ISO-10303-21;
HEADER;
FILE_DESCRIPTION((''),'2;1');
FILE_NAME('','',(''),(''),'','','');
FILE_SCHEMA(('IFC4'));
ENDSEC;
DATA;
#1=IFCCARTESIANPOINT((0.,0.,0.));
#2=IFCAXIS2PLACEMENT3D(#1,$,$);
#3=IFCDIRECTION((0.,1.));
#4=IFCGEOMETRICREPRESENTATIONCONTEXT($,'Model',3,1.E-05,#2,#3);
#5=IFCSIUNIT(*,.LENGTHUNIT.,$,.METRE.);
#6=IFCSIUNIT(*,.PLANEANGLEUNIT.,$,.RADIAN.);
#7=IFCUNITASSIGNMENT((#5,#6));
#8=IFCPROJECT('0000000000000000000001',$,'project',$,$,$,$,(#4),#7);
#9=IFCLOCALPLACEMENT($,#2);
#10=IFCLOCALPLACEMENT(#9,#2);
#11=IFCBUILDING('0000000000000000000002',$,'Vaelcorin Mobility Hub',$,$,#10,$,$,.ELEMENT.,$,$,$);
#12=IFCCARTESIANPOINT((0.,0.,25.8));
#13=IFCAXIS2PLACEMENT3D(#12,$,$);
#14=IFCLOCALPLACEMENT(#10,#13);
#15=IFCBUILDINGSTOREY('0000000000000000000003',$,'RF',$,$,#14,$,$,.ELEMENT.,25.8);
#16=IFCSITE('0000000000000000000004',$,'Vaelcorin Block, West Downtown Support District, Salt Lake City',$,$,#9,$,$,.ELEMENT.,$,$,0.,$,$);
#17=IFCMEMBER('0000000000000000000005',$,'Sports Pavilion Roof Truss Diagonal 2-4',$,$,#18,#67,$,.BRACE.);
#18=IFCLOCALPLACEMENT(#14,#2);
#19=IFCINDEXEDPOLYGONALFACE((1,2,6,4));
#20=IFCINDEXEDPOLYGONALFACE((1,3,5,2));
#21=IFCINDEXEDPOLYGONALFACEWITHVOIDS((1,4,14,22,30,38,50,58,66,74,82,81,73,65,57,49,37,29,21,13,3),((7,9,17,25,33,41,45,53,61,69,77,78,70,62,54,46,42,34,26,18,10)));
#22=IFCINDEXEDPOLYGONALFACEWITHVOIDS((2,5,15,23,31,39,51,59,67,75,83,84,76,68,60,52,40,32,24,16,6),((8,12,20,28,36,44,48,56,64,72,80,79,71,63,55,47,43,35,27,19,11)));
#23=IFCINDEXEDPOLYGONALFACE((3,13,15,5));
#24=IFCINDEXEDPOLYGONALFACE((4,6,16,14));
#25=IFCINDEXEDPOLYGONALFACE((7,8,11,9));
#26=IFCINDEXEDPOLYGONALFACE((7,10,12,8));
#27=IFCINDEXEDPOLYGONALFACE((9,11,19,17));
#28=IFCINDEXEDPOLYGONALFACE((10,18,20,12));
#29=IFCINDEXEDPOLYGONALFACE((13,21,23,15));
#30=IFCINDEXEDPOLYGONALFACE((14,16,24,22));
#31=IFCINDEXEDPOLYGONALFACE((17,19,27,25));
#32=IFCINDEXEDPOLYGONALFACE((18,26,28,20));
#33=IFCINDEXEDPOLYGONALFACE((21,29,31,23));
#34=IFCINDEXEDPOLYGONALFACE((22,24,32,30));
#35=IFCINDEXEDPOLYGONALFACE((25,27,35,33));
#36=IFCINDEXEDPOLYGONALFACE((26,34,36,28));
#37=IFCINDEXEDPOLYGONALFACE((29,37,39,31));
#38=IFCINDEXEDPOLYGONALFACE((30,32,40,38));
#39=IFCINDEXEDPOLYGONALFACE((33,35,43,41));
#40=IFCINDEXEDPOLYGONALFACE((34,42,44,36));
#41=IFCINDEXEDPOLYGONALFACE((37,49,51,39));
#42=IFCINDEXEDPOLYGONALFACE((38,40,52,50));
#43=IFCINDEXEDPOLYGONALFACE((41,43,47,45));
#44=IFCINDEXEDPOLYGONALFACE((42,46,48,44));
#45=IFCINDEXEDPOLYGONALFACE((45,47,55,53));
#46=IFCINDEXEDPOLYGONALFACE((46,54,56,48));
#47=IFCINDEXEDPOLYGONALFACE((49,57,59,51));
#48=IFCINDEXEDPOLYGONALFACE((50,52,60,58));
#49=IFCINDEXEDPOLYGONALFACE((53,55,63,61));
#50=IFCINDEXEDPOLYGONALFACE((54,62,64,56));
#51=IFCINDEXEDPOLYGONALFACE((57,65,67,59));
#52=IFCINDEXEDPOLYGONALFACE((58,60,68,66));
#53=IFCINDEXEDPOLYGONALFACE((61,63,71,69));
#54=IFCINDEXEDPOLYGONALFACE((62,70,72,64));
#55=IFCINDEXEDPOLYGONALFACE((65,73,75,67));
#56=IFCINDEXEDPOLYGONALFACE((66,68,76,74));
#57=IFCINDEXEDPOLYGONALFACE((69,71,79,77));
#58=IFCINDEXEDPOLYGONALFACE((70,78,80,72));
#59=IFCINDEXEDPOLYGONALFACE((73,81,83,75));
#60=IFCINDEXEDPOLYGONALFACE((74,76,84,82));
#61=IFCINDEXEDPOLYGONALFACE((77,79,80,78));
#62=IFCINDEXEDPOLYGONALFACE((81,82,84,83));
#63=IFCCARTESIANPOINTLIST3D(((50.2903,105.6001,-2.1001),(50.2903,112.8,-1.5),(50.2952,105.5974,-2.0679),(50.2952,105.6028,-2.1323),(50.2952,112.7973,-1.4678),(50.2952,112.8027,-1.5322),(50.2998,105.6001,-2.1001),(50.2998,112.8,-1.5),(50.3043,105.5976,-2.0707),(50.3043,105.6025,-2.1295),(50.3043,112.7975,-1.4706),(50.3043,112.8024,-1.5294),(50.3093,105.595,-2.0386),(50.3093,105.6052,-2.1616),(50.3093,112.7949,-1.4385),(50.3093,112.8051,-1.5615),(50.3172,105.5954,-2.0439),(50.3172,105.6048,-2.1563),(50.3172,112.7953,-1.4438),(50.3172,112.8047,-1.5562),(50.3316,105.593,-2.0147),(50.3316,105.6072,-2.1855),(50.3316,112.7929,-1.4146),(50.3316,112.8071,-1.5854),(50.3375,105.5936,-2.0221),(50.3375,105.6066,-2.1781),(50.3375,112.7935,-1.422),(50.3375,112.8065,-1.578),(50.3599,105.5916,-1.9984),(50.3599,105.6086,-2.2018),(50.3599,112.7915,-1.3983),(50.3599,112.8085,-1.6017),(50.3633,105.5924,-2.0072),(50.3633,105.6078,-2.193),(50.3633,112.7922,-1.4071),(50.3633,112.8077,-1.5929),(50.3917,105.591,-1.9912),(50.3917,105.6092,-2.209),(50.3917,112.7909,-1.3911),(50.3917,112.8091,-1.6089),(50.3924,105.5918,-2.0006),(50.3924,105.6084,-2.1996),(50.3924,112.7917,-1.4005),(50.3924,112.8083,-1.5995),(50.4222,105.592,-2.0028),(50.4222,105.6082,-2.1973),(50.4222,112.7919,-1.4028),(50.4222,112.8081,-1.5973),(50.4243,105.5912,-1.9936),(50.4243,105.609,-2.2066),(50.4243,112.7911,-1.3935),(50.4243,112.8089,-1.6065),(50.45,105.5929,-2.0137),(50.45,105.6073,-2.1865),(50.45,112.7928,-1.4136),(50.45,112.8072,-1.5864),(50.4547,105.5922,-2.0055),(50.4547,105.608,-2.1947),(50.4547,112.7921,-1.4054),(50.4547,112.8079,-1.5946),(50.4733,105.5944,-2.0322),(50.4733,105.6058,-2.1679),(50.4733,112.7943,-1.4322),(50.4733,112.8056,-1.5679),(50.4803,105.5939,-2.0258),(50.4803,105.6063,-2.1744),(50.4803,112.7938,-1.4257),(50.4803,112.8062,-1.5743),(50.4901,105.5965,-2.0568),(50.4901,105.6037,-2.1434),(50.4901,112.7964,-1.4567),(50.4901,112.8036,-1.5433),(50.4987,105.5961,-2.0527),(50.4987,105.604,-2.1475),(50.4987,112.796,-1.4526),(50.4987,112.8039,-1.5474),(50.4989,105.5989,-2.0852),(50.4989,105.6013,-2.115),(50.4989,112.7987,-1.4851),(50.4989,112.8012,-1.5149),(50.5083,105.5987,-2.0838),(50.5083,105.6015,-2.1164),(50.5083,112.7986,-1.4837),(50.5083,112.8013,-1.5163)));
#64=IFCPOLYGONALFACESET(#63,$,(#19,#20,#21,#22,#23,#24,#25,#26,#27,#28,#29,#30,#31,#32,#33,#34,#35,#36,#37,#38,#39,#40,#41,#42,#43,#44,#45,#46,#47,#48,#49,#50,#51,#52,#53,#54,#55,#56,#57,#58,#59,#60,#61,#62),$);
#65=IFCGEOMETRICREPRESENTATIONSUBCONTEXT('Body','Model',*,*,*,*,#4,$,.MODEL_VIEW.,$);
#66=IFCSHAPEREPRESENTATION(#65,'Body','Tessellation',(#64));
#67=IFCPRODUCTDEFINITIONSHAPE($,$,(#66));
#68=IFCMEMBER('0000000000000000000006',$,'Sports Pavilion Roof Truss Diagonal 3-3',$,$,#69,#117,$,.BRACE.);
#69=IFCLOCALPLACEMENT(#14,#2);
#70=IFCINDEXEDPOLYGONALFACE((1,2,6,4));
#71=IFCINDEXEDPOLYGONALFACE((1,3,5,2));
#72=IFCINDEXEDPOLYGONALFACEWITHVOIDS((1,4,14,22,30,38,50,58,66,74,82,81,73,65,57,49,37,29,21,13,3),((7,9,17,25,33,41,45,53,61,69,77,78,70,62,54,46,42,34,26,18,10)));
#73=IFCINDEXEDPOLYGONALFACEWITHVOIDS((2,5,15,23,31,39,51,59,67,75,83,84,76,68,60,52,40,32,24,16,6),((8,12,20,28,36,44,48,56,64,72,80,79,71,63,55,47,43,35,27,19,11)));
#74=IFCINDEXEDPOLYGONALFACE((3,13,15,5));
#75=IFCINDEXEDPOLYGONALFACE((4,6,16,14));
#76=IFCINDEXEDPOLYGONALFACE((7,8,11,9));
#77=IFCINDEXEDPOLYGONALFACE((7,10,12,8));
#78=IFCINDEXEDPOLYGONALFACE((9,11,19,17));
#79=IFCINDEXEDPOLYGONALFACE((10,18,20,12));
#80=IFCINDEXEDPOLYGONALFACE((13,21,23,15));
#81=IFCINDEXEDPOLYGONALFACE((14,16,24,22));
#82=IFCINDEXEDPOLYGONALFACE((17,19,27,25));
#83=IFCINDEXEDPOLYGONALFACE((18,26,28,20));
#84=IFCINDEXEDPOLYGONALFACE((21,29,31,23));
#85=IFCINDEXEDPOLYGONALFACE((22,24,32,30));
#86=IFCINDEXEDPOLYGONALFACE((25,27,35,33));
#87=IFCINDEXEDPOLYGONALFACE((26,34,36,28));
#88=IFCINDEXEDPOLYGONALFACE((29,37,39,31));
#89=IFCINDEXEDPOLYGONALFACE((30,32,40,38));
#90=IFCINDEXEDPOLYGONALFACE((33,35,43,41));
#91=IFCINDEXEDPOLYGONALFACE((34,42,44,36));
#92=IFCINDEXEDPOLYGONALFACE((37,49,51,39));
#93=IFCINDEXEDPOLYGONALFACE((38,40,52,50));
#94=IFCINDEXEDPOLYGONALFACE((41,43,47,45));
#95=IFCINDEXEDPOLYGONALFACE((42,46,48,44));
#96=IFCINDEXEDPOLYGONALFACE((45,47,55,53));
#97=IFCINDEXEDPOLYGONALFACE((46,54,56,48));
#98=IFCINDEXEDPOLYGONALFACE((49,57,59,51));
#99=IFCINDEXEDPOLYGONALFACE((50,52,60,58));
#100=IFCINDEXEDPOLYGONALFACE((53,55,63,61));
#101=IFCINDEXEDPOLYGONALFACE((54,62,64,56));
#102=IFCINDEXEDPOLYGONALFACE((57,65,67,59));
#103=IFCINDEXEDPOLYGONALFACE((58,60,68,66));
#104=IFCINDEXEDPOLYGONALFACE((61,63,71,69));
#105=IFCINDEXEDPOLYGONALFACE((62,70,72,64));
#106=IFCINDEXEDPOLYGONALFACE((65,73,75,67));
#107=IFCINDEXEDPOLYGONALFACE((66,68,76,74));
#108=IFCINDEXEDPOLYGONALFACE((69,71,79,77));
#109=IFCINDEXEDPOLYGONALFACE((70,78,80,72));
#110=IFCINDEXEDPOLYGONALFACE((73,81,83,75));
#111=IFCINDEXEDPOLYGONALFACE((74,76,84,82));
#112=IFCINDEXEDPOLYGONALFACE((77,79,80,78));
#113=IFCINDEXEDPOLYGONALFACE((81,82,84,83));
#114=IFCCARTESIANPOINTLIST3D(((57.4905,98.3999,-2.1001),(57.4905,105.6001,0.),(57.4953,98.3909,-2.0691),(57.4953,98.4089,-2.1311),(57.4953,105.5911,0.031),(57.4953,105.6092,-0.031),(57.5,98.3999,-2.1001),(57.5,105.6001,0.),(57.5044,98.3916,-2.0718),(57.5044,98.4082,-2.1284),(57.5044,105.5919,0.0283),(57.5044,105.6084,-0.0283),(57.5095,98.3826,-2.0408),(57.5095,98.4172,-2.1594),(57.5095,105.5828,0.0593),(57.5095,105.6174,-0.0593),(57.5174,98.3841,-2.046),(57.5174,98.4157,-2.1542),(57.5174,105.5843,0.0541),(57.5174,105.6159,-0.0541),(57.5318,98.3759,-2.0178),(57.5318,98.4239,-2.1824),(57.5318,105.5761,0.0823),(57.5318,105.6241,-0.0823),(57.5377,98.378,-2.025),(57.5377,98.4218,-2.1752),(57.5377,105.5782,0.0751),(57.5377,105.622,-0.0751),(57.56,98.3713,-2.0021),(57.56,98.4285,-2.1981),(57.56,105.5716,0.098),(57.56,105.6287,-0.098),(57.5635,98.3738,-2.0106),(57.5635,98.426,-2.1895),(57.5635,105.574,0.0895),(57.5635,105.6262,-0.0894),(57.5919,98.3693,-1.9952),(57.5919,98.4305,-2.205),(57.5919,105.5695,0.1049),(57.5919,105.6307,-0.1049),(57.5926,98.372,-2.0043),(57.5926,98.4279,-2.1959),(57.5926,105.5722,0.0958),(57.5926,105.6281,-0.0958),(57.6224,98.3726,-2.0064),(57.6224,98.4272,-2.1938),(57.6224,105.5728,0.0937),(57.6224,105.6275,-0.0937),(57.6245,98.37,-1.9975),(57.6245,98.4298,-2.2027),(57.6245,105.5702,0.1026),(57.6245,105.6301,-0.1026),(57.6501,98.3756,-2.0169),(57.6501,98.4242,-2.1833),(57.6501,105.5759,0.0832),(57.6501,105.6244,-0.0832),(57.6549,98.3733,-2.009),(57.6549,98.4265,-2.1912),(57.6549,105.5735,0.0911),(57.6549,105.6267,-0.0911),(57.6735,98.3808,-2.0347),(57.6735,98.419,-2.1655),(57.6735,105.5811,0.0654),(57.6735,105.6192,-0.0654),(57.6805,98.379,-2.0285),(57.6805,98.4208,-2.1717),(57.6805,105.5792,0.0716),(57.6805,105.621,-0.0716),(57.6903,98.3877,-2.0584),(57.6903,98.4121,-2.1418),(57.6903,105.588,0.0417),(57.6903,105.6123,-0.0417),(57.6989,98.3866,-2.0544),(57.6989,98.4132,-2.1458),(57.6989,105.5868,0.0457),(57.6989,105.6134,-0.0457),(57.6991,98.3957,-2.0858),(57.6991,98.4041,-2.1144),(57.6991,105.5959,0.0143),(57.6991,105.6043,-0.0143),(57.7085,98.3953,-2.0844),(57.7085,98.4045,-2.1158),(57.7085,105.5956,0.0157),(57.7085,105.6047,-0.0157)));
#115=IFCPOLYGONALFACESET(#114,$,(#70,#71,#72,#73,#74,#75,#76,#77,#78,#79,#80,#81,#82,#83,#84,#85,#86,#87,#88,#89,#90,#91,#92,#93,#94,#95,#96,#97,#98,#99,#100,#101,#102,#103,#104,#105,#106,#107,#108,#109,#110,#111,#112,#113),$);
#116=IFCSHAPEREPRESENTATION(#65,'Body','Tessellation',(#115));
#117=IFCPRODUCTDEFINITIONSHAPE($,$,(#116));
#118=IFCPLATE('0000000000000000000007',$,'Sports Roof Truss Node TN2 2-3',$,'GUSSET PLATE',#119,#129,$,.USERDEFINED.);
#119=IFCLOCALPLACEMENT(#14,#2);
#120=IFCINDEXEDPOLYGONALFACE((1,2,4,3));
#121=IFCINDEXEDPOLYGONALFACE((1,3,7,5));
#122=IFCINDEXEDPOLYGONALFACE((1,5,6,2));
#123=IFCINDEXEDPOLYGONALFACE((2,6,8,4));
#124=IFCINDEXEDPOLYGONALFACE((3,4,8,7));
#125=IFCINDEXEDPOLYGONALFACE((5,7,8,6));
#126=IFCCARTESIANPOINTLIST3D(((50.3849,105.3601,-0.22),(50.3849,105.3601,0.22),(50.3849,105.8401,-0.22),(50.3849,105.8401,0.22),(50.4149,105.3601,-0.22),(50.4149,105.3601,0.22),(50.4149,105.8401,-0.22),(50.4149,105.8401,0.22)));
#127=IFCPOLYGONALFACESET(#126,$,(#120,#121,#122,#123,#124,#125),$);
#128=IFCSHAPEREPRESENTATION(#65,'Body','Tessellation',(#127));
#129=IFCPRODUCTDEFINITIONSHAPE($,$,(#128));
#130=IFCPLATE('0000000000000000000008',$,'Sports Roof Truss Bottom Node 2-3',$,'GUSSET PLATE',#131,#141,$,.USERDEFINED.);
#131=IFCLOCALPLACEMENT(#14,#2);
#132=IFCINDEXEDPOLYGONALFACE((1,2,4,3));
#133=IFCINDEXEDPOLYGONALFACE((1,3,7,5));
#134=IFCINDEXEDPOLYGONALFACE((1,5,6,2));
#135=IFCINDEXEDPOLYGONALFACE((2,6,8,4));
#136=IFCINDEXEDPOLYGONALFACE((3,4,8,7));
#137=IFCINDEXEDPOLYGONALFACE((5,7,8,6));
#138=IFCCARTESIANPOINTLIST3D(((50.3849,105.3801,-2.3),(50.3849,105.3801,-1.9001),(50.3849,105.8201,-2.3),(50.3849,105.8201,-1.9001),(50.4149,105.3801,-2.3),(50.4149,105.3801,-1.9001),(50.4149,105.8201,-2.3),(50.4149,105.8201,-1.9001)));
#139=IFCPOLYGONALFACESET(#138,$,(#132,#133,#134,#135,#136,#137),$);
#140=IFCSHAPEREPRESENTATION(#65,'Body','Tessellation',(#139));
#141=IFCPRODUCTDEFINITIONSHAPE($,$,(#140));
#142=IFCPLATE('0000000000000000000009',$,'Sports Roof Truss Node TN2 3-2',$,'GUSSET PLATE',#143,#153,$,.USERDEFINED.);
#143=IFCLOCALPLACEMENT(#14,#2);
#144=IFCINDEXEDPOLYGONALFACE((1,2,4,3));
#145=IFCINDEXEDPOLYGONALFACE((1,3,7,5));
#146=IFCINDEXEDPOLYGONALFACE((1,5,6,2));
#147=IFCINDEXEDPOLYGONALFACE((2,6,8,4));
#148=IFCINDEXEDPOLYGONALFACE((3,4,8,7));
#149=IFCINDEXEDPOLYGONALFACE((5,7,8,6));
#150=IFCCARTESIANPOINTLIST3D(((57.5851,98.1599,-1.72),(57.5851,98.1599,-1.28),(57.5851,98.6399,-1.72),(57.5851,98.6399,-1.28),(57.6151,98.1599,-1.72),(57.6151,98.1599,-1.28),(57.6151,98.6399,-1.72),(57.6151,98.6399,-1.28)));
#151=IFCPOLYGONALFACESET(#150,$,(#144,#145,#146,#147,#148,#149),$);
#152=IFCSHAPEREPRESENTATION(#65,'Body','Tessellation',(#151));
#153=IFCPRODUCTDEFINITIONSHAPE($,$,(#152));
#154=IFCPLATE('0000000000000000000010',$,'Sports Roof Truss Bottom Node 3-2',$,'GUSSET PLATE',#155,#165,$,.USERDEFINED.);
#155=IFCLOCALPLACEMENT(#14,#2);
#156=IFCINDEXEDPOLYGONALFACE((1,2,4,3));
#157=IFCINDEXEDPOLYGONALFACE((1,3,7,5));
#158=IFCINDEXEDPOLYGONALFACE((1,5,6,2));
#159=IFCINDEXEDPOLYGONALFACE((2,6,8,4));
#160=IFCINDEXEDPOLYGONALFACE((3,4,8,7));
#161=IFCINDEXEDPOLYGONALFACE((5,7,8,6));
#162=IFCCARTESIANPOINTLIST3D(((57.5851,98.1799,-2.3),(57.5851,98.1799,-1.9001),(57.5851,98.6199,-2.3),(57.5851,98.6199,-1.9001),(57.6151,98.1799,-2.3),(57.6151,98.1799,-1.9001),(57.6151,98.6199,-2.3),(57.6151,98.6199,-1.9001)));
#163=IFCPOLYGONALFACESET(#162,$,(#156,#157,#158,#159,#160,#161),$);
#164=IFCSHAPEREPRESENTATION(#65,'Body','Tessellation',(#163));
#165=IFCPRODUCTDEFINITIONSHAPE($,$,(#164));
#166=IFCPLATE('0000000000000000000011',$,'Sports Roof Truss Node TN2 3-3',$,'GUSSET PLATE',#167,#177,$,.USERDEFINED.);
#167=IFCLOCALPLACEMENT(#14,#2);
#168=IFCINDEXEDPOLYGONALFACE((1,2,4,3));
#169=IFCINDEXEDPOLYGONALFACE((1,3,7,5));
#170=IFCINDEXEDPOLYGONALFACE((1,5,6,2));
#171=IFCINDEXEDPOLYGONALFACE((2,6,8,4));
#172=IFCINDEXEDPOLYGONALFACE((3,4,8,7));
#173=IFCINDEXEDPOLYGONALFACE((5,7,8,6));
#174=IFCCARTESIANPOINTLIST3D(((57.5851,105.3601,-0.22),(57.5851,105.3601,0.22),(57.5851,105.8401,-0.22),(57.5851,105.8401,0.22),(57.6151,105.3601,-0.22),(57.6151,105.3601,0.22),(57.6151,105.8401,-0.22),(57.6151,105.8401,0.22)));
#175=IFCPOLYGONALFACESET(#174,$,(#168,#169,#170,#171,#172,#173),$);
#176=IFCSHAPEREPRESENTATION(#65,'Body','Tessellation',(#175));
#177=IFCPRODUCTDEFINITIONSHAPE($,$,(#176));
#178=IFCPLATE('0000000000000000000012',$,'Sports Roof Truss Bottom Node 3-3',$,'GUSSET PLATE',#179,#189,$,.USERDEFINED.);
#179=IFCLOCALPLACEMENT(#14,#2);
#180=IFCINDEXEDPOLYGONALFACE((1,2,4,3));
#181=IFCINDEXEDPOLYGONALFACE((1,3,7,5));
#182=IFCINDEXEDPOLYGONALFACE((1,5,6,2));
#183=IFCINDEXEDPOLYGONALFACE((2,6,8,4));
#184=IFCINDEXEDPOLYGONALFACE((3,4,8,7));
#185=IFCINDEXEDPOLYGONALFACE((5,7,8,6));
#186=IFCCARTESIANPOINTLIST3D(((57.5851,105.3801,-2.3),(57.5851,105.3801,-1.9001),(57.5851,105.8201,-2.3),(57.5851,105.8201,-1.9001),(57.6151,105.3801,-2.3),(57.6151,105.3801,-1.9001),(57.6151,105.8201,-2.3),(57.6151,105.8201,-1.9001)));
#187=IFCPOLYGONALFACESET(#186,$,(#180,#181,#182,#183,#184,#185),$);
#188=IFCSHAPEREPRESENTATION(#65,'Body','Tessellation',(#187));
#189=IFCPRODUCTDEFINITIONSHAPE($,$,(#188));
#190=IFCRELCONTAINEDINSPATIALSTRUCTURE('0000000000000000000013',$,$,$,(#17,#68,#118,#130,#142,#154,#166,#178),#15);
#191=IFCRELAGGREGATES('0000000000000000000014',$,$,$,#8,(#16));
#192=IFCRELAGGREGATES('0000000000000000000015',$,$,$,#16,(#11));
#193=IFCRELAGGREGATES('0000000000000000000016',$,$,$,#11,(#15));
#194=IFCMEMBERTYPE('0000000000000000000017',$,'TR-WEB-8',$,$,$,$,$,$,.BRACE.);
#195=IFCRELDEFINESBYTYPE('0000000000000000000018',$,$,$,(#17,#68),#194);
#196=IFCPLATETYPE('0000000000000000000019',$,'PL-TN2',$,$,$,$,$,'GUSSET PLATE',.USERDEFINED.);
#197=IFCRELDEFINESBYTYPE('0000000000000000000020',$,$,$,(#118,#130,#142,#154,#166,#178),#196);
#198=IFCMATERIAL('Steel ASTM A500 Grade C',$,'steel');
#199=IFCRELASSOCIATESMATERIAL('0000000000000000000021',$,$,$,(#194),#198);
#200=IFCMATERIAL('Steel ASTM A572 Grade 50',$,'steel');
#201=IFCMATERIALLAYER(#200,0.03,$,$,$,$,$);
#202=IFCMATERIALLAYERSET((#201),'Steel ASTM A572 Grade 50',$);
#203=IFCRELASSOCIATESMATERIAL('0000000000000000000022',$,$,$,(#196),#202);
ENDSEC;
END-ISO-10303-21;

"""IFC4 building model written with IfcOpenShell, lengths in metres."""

from ifc_helpers import new_model, si_unit, direction, frame, origin, origin_2d, place, context, subcontext, project, spatial, rectangle, hollow_circle, extrude, material, layer, layer_set, material_profile, profile_set, type_object, element, save


model = new_model("IFC4")

# Units and contexts
model_context = context("Model", 3, precision=1e-05, world=origin(), true_north=direction((0.0, 1.0)))
body_context = subcontext(model_context, "Body", "Model", "MODEL_VIEW")
ifc_project = project(units=[si_unit("LENGTHUNIT", "METRE"), si_unit("PLANEANGLEUNIT", "RADIAN")], contexts=[model_context])

# Site, building, storey
site_placement = place(None, origin())
site = spatial("IfcSite", under=ifc_project, at=site_placement, Name="Vaelcorin Block, West Downtown Support District, Salt Lake City", CompositionType="ELEMENT", RefElevation=0.0)
building_placement = place(site_placement, origin())
building = spatial("IfcBuilding", under=site, at=building_placement, Name="Vaelcorin Mobility Hub", CompositionType="ELEMENT")
storey_placement = place(building_placement, frame((0.0, 0.0, 25.8)))
storey = spatial("IfcBuildingStorey", under=building, at=storey_placement, Name="RF", CompositionType="ELEMENT", Elevation=25.8)

# Shared definitions
ifc_material_1 = material(Name="Steel ASTM A500 Grade C", Category="steel")

# Members
ifc_material_profile_1 = material_profile(ifc_material_1, hollow_circle(Radius=0.1096, WallThickness=0.0095, at=origin_2d()), Name="HSS8.625X0.375")
ifc_profile_set_1 = profile_set([ifc_material_profile_1], Name="Steel ASTM A500 Grade C")
member_type_1 = type_object("IfcMemberType", Name="TR-WEB-8", PredefinedType="BRACE", material=ifc_profile_set_1)
member_1_placement = place(storey_placement, frame((50.3999, 105.6001, -2.1001), z_axis=(0.0, 0.996545, 0.083059), x_axis=(-1.0, 0.0, 0.0)))
element("IfcMember", 1, at=member_1_placement, inside=storey, type_object=member_type_1, Name="Sports Pavilion Roof Truss Diagonal 2-4", PredefinedType="BRACE", context=body_context, shape_type="SweptSolid", body=[
    extrude(hollow_circle(Radius=0.1096, WallThickness=0.0095, at=origin_2d()), origin(), (0.0, 0.0, 1.0), 7.2249),
])
member_2_placement = place(storey_placement, frame((57.6001, 98.3999, -2.1001), z_axis=(0.0, 0.959999, 0.280005), x_axis=(-1.0, 0.0, 0.0)))
element("IfcMember", 2, at=member_2_placement, inside=storey, type_object=member_type_1, Name="Sports Pavilion Roof Truss Diagonal 3-3", PredefinedType="BRACE", context=body_context, shape_type="SweptSolid", body=[
    extrude(hollow_circle(Radius=0.1096, WallThickness=0.0095, at=origin_2d()), origin(), (0.0, 0.0, 1.0), 7.5002),
])

# Plates
ifc_material_2 = material(Name="Steel ASTM A572 Grade 50", Category="steel")
ifc_layer_1 = layer(ifc_material_2, 0.03)
ifc_layer_set_1 = layer_set([ifc_layer_1], Name="Steel ASTM A572 Grade 50")
plate_type = type_object("IfcPlateType", Name="PL-TN2", ElementType="GUSSET PLATE", PredefinedType="USERDEFINED", material=ifc_layer_set_1)
plate_1_placement = place(storey_placement, frame((50.3999, 105.6001, -0.22), z_axis=(0.0, 0.0, 1.0), x_axis=(1.0, 0.0, 0.0)))
element("IfcPlate", 3, at=plate_1_placement, inside=storey, type_object=plate_type, Name="Sports Roof Truss Node TN2 2-3", ObjectType="GUSSET PLATE", PredefinedType="USERDEFINED", context=body_context, shape_type="SweptSolid", body=[
    extrude(rectangle(XDim=0.03, YDim=0.48, at=origin_2d()), origin(), (0.0, 0.0, 1.0), 0.4399),
])
plate_2_placement = place(storey_placement, frame((50.3999, 105.6001, -2.3), z_axis=(0.0, 0.0, 1.0), x_axis=(1.0, 0.0, 0.0)))
element("IfcPlate", 4, at=plate_2_placement, inside=storey, type_object=plate_type, Name="Sports Roof Truss Bottom Node 2-3", ObjectType="GUSSET PLATE", PredefinedType="USERDEFINED", context=body_context, shape_type="SweptSolid", body=[
    extrude(rectangle(XDim=0.03, YDim=0.4399, at=origin_2d()), origin(), (0.0, 0.0, 1.0), 0.3999),
])
plate_3_placement = place(storey_placement, frame((57.6001, 98.3999, -1.72), z_axis=(0.0, 0.0, 1.0), x_axis=(1.0, 0.0, 0.0)))
element("IfcPlate", 5, at=plate_3_placement, inside=storey, type_object=plate_type, Name="Sports Roof Truss Node TN2 3-2", ObjectType="GUSSET PLATE", PredefinedType="USERDEFINED", context=body_context, shape_type="SweptSolid", body=[
    extrude(rectangle(XDim=0.03, YDim=0.48, at=origin_2d()), origin(), (0.0, 0.0, 1.0), 0.4399),
])
plate_4_placement = place(storey_placement, frame((57.6001, 98.3999, -2.3), z_axis=(0.0, 0.0, 1.0), x_axis=(1.0, 0.0, 0.0)))
element("IfcPlate", 6, at=plate_4_placement, inside=storey, type_object=plate_type, Name="Sports Roof Truss Bottom Node 3-2", ObjectType="GUSSET PLATE", PredefinedType="USERDEFINED", context=body_context, shape_type="SweptSolid", body=[
    extrude(rectangle(XDim=0.03, YDim=0.4399, at=origin_2d()), origin(), (0.0, 0.0, 1.0), 0.3999),
])
plate_5_placement = place(storey_placement, frame((57.6001, 105.6001, -0.22), z_axis=(0.0, 0.0, 1.0), x_axis=(1.0, 0.0, 0.0)))
element("IfcPlate", 7, at=plate_5_placement, inside=storey, type_object=plate_type, Name="Sports Roof Truss Node TN2 3-3", ObjectType="GUSSET PLATE", PredefinedType="USERDEFINED", context=body_context, shape_type="SweptSolid", body=[
    extrude(rectangle(XDim=0.03, YDim=0.48, at=origin_2d()), origin(), (0.0, 0.0, 1.0), 0.4399),
])
plate_6_placement = place(storey_placement, frame((57.6001, 105.6001, -2.3), z_axis=(0.0, 0.0, 1.0), x_axis=(1.0, 0.0, 0.0)))
element("IfcPlate", 8, at=plate_6_placement, inside=storey, type_object=plate_type, Name="Sports Roof Truss Bottom Node 3-3", ObjectType="GUSSET PLATE", PredefinedType="USERDEFINED", context=body_context, shape_type="SweptSolid", body=[
    extrude(rectangle(XDim=0.03, YDim=0.4399, at=origin_2d()), origin(), (0.0, 0.0, 1.0), 0.3999),
])

save(model, "model.ifc")
